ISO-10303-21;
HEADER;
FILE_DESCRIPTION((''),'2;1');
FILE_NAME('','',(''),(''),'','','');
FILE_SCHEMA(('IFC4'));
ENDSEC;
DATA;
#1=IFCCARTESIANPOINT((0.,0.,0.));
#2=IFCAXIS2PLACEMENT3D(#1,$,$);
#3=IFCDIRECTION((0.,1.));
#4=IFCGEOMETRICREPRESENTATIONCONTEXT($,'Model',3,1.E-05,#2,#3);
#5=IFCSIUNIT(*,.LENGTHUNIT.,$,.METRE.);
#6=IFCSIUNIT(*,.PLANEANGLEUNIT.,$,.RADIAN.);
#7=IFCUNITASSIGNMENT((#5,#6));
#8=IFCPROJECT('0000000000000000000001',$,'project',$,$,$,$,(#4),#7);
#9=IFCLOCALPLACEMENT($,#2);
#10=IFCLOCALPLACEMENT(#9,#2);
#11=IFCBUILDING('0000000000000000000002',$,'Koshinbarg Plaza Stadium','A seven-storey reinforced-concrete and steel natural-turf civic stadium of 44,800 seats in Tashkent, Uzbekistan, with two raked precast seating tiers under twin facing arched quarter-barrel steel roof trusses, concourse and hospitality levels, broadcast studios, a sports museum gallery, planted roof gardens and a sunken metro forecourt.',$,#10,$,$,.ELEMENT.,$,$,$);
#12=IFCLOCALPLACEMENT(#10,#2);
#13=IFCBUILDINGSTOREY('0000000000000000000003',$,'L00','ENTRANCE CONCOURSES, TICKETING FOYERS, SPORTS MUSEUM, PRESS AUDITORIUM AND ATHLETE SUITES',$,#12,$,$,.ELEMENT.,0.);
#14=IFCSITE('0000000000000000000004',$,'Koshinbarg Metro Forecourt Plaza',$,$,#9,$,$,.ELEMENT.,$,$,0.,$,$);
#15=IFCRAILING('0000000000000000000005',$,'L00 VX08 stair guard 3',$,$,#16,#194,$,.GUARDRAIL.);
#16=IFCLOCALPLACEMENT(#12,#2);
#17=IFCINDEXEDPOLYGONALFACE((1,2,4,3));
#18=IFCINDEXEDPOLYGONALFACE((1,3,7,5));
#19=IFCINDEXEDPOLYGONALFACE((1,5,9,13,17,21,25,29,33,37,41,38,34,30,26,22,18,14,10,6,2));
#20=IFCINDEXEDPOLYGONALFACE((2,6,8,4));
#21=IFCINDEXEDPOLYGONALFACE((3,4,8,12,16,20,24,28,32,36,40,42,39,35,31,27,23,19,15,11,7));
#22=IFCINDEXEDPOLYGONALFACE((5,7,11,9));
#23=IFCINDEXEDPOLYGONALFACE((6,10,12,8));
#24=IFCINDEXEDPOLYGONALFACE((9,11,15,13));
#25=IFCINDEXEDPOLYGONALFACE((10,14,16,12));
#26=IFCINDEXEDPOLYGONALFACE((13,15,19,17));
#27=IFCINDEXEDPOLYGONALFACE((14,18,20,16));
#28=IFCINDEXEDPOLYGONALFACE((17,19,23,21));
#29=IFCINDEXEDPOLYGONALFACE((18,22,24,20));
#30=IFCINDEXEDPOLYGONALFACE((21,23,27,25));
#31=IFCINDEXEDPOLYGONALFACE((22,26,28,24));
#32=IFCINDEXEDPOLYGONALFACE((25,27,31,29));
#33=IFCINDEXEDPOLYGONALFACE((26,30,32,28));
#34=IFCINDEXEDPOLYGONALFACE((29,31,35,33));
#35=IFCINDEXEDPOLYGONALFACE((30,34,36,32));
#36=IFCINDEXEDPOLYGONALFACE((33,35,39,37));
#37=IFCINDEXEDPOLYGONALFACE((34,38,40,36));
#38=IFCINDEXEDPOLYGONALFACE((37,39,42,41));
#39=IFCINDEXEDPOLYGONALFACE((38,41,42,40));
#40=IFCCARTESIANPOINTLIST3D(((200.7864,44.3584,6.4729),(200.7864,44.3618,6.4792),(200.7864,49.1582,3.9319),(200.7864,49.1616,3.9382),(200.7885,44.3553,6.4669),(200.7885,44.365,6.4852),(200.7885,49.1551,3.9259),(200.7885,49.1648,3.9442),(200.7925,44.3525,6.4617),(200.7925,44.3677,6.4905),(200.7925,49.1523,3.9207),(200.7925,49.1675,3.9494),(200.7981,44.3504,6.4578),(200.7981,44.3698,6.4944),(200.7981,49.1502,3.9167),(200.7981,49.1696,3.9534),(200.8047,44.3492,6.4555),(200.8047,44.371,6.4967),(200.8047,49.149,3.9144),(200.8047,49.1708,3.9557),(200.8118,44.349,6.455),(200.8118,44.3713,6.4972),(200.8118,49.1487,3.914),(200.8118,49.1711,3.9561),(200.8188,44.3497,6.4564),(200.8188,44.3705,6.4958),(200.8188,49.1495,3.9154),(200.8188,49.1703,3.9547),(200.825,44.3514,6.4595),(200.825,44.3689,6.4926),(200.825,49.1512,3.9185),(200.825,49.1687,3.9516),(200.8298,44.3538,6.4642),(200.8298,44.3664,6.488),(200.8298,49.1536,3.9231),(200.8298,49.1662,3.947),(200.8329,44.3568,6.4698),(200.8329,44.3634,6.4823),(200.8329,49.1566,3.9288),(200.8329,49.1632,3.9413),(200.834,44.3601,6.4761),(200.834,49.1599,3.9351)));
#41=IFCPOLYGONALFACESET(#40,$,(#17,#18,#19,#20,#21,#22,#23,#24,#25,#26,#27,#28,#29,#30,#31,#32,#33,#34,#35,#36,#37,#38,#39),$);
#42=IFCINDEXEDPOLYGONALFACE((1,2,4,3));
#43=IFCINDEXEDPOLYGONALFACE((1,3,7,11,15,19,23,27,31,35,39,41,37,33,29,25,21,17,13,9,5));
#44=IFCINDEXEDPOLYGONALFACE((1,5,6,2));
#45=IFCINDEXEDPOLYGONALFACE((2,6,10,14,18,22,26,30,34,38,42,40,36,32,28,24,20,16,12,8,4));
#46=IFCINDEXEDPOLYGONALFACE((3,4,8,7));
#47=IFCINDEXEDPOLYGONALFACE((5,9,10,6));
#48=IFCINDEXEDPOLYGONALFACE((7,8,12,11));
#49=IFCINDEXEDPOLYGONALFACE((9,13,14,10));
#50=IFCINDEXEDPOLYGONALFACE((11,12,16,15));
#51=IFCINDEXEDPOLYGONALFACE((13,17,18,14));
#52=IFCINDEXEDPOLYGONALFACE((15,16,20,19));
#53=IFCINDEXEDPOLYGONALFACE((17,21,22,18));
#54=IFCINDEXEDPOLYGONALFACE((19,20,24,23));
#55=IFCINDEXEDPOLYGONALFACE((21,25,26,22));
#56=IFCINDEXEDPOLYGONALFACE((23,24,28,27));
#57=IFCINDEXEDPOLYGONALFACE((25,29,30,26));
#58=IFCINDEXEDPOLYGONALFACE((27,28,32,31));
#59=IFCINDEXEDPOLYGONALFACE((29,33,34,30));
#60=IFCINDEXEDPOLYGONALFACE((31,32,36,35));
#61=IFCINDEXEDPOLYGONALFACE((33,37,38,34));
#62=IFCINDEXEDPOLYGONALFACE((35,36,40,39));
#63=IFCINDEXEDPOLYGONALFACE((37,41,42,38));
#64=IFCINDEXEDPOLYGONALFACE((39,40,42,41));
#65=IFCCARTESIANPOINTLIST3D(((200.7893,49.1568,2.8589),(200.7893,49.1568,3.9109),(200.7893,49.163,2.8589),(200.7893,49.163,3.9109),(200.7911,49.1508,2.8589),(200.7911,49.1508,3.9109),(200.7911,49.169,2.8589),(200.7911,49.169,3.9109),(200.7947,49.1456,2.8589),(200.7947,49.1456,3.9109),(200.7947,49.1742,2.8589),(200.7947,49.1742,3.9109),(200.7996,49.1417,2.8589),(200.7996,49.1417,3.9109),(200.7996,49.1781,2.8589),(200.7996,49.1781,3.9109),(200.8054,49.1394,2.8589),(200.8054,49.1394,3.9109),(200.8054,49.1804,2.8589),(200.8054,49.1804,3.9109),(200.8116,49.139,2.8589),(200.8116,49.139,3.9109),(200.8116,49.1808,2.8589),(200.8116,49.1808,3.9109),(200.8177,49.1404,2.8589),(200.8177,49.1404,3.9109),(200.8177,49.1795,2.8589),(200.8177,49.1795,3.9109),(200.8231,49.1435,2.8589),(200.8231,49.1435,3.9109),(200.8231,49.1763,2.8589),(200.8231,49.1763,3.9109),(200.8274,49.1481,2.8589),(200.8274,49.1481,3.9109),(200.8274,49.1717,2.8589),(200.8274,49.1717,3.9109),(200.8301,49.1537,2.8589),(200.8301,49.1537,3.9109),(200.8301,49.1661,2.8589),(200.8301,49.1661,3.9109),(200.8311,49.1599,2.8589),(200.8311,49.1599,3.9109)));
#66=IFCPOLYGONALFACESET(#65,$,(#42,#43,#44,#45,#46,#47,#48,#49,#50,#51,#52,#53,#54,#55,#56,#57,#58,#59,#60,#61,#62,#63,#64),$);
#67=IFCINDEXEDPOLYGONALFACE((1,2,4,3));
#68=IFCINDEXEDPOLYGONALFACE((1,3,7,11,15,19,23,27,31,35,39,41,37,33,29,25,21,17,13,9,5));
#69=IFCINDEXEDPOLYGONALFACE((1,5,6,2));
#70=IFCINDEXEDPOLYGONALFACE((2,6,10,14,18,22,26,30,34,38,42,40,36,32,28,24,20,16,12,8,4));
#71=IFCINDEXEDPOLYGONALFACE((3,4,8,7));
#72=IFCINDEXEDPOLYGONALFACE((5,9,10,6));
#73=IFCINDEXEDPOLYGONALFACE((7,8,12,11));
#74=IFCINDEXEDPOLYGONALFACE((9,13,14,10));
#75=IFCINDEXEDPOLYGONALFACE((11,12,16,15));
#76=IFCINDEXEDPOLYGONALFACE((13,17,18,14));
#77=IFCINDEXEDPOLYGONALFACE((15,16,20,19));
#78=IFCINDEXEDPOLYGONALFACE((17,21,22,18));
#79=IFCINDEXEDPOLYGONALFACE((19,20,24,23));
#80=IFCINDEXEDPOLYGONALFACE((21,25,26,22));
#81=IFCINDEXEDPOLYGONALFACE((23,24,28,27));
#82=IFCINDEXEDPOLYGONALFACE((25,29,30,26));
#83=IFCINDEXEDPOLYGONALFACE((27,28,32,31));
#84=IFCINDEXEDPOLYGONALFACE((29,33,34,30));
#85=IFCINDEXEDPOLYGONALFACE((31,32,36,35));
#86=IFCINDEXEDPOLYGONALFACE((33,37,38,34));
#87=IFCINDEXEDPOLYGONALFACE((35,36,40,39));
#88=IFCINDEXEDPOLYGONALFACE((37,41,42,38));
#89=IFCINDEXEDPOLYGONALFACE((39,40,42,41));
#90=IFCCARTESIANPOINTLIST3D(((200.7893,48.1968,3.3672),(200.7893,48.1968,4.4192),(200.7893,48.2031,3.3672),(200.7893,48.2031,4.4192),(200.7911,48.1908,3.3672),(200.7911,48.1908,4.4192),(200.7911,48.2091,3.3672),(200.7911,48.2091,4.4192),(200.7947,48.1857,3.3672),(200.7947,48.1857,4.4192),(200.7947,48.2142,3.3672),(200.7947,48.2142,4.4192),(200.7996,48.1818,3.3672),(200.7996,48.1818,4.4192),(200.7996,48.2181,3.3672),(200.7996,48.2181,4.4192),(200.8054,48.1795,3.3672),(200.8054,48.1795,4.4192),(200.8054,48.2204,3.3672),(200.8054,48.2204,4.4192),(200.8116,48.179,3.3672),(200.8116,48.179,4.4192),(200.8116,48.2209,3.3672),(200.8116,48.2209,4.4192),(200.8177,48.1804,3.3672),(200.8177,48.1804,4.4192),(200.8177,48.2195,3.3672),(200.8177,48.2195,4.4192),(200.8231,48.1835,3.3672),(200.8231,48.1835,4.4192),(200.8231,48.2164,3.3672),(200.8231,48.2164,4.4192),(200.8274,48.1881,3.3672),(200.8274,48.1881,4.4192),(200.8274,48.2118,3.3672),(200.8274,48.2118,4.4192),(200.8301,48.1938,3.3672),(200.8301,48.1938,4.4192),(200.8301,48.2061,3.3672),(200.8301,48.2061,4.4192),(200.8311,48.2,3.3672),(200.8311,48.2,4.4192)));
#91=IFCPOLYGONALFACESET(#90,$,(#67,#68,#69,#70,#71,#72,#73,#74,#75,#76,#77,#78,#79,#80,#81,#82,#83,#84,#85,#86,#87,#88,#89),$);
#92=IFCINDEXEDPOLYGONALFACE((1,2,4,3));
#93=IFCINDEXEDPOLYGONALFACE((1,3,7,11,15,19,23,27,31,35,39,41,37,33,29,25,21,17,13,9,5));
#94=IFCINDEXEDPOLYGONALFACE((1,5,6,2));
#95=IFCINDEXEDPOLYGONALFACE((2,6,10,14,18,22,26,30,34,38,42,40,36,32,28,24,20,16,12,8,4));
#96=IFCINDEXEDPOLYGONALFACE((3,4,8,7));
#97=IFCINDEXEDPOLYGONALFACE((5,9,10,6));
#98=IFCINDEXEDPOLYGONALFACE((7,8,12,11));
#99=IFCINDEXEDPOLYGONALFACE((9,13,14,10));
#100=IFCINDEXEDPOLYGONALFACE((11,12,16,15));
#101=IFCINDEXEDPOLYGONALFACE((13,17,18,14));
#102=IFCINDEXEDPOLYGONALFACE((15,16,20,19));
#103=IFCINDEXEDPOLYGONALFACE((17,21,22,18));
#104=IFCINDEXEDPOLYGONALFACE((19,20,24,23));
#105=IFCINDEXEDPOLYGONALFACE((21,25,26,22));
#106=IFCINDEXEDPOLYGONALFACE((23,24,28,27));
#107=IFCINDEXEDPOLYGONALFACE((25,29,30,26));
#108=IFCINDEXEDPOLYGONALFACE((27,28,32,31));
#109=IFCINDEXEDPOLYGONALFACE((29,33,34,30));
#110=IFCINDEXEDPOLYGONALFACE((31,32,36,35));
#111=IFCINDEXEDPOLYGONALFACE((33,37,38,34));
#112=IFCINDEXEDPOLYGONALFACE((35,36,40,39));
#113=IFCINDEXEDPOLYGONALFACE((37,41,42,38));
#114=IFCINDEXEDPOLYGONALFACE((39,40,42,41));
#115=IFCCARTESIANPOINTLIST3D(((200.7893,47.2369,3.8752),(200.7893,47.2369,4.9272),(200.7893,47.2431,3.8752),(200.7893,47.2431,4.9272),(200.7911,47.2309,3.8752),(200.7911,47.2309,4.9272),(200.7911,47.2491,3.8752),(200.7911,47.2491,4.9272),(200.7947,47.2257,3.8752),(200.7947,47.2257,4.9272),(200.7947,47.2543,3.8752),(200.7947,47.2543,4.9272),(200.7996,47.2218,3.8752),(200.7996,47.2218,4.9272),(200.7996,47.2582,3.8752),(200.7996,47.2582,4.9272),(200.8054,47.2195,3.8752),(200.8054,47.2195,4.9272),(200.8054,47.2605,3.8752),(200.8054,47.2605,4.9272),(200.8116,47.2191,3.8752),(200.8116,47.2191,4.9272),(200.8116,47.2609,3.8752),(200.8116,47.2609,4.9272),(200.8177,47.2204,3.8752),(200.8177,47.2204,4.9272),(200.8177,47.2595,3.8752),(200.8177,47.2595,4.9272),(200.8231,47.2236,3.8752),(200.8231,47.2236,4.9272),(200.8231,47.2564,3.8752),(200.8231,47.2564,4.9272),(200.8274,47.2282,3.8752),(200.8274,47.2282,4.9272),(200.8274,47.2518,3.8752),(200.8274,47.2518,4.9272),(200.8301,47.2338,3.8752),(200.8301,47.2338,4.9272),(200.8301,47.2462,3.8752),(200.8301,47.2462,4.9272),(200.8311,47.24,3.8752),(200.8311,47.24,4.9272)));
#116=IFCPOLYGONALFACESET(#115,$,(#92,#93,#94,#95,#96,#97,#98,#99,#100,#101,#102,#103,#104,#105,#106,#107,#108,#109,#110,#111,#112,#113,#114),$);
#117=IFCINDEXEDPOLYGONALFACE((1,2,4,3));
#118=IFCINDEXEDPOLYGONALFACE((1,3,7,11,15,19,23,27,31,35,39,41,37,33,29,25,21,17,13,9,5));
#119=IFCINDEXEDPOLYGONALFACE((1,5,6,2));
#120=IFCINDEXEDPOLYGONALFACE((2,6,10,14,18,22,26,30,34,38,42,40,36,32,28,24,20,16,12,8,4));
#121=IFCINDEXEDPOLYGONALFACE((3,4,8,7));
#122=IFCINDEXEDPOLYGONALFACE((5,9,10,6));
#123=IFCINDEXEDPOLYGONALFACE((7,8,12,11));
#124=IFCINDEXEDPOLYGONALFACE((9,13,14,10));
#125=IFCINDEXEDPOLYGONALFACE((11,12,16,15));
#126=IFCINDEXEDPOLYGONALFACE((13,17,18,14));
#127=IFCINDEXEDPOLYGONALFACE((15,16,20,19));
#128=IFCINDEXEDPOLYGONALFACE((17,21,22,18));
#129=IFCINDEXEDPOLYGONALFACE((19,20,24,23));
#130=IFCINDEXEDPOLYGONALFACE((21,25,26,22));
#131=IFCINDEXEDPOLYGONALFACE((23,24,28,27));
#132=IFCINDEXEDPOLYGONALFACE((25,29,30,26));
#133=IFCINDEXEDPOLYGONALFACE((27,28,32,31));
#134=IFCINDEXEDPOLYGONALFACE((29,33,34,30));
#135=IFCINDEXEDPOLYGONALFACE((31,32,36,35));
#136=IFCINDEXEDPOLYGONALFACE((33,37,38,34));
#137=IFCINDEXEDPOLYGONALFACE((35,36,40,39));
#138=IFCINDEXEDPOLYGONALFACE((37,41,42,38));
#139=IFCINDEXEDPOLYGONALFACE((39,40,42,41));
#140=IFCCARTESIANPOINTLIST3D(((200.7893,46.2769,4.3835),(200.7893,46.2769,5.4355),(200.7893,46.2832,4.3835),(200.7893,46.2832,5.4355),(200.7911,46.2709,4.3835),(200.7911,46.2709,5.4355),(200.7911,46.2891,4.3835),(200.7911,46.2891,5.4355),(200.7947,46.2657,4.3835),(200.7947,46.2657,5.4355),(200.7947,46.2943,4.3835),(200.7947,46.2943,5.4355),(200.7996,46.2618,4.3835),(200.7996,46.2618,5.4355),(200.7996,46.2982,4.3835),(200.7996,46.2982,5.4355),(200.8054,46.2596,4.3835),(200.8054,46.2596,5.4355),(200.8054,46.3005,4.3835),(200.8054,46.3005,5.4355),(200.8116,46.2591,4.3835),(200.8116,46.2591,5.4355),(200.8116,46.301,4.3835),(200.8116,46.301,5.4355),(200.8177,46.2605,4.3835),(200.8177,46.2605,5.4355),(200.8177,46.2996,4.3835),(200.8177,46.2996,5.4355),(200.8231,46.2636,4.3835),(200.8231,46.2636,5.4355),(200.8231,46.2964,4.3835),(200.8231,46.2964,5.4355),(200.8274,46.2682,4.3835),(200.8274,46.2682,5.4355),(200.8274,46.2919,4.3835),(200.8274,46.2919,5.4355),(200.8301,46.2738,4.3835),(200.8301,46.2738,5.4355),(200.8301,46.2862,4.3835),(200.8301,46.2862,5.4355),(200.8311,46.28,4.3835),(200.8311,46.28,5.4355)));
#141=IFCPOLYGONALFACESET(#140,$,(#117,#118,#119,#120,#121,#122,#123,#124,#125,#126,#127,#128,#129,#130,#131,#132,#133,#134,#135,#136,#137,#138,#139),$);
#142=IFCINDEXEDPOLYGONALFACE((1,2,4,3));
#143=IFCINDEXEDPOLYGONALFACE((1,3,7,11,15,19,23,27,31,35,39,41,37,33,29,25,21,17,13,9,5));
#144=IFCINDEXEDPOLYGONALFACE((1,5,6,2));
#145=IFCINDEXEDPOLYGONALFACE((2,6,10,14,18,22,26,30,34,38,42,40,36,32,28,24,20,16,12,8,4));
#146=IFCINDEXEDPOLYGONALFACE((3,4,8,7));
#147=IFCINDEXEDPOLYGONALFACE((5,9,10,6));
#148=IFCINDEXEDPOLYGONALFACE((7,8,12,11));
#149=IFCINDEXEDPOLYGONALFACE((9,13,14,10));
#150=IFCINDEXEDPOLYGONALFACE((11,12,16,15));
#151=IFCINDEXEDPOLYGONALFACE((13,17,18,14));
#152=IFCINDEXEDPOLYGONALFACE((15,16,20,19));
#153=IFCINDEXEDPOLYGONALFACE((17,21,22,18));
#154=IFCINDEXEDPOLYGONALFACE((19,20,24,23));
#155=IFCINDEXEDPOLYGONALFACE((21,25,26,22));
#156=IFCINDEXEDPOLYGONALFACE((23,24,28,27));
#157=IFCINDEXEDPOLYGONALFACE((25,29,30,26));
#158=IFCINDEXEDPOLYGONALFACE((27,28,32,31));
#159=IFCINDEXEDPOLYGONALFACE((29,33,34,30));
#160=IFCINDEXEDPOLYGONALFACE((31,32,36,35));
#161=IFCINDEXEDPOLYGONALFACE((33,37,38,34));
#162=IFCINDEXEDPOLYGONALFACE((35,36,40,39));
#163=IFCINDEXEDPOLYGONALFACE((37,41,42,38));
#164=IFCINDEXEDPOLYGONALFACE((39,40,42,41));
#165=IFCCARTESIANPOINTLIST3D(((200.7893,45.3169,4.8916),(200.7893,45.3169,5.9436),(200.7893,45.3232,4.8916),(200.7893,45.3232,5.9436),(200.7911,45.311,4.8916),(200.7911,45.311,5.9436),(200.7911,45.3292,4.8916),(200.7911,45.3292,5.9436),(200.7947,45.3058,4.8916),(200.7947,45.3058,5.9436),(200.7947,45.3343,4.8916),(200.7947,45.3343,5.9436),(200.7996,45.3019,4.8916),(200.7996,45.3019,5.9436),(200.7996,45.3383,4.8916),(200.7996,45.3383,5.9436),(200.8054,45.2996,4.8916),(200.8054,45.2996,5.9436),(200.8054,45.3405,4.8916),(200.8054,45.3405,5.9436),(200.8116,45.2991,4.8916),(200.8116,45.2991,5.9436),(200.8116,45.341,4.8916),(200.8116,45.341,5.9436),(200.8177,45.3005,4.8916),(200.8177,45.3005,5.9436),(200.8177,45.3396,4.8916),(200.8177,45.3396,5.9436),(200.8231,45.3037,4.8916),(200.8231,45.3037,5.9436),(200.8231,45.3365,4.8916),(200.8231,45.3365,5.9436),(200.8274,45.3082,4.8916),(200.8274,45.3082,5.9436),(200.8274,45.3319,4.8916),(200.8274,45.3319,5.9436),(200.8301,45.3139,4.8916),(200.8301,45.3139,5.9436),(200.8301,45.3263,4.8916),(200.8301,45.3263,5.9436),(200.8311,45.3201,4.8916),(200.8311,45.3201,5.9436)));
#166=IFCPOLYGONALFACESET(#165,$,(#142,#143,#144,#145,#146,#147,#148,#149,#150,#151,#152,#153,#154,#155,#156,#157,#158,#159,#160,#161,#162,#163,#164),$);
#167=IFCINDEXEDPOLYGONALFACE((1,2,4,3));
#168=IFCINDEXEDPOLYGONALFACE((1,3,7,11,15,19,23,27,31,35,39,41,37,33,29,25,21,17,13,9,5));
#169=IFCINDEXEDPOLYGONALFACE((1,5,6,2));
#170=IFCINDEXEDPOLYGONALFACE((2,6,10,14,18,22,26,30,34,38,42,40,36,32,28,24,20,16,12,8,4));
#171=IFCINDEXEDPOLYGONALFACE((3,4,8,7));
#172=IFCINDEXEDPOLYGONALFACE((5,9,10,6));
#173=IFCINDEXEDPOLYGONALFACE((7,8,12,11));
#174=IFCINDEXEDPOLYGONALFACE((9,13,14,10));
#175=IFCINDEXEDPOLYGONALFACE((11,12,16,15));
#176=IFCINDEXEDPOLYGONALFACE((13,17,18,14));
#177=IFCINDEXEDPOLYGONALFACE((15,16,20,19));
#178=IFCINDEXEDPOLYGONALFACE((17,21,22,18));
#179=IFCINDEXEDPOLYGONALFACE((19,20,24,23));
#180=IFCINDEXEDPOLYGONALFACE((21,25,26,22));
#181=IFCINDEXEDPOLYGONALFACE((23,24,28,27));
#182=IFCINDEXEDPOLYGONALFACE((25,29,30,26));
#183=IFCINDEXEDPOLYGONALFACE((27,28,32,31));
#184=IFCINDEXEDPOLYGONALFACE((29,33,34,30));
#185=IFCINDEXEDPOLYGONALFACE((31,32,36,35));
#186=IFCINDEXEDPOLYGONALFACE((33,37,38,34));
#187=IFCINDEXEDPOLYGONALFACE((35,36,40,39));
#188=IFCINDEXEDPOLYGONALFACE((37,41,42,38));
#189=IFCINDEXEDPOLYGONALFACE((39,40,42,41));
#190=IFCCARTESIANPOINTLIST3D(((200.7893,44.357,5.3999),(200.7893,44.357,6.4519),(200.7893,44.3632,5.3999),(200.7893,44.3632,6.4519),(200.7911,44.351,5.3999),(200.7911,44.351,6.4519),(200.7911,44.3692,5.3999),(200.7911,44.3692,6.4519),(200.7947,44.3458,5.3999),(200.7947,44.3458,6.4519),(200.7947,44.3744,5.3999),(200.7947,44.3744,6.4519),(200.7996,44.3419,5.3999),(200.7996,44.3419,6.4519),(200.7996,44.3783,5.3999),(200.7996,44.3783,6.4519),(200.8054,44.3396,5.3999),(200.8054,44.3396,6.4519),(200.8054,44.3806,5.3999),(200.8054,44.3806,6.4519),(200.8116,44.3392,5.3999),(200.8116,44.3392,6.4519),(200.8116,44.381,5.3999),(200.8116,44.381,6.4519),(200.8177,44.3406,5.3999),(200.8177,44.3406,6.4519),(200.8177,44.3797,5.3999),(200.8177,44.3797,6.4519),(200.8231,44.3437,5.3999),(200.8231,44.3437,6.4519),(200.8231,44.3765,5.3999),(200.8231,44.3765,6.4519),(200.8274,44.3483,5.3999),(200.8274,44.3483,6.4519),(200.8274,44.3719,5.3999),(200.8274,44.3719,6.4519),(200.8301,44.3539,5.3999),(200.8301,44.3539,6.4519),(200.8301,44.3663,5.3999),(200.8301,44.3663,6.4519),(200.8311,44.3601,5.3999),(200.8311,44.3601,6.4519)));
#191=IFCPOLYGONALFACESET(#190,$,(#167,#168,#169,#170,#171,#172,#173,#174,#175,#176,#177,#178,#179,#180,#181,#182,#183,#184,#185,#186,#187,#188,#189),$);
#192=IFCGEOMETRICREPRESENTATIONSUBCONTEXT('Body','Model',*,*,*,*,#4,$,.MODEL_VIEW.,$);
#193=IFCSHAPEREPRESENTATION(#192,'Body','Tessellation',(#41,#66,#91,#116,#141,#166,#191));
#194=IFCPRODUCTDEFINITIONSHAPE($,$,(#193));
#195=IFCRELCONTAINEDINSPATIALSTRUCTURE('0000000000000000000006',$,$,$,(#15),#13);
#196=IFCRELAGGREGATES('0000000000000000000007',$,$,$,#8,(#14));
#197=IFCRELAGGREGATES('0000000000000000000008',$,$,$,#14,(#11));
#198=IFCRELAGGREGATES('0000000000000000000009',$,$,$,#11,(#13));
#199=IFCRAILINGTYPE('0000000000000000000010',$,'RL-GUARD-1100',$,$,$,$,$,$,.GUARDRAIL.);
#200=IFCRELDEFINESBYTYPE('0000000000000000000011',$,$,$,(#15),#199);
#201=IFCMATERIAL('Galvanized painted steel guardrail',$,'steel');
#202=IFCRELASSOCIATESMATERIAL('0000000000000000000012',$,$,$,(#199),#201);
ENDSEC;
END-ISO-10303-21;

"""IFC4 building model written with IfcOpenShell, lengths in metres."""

from ifc_helpers import new_model, si_unit, direction, frame, origin, origin_2d, place, context, subcontext, project, spatial, circle, extrude, material, type_object, element, save


model = new_model("IFC4")

# Units and contexts
model_context = context("Model", 3, precision=1e-05, world=origin(), true_north=direction((0.0, 1.0)))
body_context = subcontext(model_context, "Body", "Model", "MODEL_VIEW")
ifc_project = project(units=[si_unit("LENGTHUNIT", "METRE"), si_unit("PLANEANGLEUNIT", "RADIAN")], contexts=[model_context])

# Site, building, storey
site_placement = place(None, origin())
site = spatial("IfcSite", under=ifc_project, at=site_placement, Name="Koshinbarg Metro Forecourt Plaza", CompositionType="ELEMENT", RefElevation=0.0)
building_placement = place(site_placement, origin())
building = spatial("IfcBuilding", under=site, at=building_placement, Name="Koshinbarg Plaza Stadium", Description="A seven-storey reinforced-concrete and steel natural-turf civic stadium of 44,800 seats in Tashkent, Uzbekistan, with two raked precast seating tiers under twin facing arched quarter-barrel steel roof trusses, concourse and hospitality levels, broadcast studios, a sports museum gallery, planted roof gardens and a sunken metro forecourt.", CompositionType="ELEMENT")
storey_placement = place(building_placement, origin())
storey = spatial("IfcBuildingStorey", under=building, at=storey_placement, Name="L00", Description="ENTRANCE CONCOURSES, TICKETING FOYERS, SPORTS MUSEUM, PRESS AUDITORIUM AND ATHLETE SUITES", CompositionType="ELEMENT", Elevation=0.0)

# Railing
ifc_material_1 = material(Name="Galvanized painted steel guardrail", Category="steel")
railing_type_1 = type_object("IfcRailingType", Name="RL-GUARD-1100", PredefinedType="GUARDRAIL", material=ifc_material_1)
railing_1_placement = place(storey_placement, frame((200.8101, 49.1599, 2.8589)))
element("IfcRailing", 1, at=railing_1_placement, inside=storey, type_object=railing_type_1, Name="L00 VX08 stair guard 3", PredefinedType="GUARDRAIL", context=body_context, shape_type="SweptSolid", body=[
    extrude(circle(Radius=0.0239, at=origin_2d()), frame((0.0, 0.0, 1.0762), z_axis=(0.0, -0.883792, 0.467879), x_axis=(1.0, 0.0, 0.0)), (0.0, 0.0, 1.0), 5.4309),
    extrude(circle(Radius=0.021, at=origin_2d()), origin(), (0.0, 0.0, 1.0), 1.052),
    extrude(circle(Radius=0.021, at=origin_2d()), frame((0.0, -0.96, 0.5083)), (0.0, 0.0, 1.0), 1.052),
    extrude(circle(Radius=0.021, at=origin_2d()), frame((0.0, -1.9199, 1.0164)), (0.0, 0.0, 1.0), 1.052),
    extrude(circle(Radius=0.021, at=origin_2d()), frame((0.0, -2.8799, 1.5247)), (0.0, 0.0, 1.0), 1.052),
    extrude(circle(Radius=0.021, at=origin_2d()), frame((0.0, -3.8398, 2.0327)), (0.0, 0.0, 1.0), 1.052),
    extrude(circle(Radius=0.021, at=origin_2d()), frame((0.0, -4.7998, 2.541)), (0.0, 0.0, 1.0), 1.052),
])

save(model, "model.ifc")
